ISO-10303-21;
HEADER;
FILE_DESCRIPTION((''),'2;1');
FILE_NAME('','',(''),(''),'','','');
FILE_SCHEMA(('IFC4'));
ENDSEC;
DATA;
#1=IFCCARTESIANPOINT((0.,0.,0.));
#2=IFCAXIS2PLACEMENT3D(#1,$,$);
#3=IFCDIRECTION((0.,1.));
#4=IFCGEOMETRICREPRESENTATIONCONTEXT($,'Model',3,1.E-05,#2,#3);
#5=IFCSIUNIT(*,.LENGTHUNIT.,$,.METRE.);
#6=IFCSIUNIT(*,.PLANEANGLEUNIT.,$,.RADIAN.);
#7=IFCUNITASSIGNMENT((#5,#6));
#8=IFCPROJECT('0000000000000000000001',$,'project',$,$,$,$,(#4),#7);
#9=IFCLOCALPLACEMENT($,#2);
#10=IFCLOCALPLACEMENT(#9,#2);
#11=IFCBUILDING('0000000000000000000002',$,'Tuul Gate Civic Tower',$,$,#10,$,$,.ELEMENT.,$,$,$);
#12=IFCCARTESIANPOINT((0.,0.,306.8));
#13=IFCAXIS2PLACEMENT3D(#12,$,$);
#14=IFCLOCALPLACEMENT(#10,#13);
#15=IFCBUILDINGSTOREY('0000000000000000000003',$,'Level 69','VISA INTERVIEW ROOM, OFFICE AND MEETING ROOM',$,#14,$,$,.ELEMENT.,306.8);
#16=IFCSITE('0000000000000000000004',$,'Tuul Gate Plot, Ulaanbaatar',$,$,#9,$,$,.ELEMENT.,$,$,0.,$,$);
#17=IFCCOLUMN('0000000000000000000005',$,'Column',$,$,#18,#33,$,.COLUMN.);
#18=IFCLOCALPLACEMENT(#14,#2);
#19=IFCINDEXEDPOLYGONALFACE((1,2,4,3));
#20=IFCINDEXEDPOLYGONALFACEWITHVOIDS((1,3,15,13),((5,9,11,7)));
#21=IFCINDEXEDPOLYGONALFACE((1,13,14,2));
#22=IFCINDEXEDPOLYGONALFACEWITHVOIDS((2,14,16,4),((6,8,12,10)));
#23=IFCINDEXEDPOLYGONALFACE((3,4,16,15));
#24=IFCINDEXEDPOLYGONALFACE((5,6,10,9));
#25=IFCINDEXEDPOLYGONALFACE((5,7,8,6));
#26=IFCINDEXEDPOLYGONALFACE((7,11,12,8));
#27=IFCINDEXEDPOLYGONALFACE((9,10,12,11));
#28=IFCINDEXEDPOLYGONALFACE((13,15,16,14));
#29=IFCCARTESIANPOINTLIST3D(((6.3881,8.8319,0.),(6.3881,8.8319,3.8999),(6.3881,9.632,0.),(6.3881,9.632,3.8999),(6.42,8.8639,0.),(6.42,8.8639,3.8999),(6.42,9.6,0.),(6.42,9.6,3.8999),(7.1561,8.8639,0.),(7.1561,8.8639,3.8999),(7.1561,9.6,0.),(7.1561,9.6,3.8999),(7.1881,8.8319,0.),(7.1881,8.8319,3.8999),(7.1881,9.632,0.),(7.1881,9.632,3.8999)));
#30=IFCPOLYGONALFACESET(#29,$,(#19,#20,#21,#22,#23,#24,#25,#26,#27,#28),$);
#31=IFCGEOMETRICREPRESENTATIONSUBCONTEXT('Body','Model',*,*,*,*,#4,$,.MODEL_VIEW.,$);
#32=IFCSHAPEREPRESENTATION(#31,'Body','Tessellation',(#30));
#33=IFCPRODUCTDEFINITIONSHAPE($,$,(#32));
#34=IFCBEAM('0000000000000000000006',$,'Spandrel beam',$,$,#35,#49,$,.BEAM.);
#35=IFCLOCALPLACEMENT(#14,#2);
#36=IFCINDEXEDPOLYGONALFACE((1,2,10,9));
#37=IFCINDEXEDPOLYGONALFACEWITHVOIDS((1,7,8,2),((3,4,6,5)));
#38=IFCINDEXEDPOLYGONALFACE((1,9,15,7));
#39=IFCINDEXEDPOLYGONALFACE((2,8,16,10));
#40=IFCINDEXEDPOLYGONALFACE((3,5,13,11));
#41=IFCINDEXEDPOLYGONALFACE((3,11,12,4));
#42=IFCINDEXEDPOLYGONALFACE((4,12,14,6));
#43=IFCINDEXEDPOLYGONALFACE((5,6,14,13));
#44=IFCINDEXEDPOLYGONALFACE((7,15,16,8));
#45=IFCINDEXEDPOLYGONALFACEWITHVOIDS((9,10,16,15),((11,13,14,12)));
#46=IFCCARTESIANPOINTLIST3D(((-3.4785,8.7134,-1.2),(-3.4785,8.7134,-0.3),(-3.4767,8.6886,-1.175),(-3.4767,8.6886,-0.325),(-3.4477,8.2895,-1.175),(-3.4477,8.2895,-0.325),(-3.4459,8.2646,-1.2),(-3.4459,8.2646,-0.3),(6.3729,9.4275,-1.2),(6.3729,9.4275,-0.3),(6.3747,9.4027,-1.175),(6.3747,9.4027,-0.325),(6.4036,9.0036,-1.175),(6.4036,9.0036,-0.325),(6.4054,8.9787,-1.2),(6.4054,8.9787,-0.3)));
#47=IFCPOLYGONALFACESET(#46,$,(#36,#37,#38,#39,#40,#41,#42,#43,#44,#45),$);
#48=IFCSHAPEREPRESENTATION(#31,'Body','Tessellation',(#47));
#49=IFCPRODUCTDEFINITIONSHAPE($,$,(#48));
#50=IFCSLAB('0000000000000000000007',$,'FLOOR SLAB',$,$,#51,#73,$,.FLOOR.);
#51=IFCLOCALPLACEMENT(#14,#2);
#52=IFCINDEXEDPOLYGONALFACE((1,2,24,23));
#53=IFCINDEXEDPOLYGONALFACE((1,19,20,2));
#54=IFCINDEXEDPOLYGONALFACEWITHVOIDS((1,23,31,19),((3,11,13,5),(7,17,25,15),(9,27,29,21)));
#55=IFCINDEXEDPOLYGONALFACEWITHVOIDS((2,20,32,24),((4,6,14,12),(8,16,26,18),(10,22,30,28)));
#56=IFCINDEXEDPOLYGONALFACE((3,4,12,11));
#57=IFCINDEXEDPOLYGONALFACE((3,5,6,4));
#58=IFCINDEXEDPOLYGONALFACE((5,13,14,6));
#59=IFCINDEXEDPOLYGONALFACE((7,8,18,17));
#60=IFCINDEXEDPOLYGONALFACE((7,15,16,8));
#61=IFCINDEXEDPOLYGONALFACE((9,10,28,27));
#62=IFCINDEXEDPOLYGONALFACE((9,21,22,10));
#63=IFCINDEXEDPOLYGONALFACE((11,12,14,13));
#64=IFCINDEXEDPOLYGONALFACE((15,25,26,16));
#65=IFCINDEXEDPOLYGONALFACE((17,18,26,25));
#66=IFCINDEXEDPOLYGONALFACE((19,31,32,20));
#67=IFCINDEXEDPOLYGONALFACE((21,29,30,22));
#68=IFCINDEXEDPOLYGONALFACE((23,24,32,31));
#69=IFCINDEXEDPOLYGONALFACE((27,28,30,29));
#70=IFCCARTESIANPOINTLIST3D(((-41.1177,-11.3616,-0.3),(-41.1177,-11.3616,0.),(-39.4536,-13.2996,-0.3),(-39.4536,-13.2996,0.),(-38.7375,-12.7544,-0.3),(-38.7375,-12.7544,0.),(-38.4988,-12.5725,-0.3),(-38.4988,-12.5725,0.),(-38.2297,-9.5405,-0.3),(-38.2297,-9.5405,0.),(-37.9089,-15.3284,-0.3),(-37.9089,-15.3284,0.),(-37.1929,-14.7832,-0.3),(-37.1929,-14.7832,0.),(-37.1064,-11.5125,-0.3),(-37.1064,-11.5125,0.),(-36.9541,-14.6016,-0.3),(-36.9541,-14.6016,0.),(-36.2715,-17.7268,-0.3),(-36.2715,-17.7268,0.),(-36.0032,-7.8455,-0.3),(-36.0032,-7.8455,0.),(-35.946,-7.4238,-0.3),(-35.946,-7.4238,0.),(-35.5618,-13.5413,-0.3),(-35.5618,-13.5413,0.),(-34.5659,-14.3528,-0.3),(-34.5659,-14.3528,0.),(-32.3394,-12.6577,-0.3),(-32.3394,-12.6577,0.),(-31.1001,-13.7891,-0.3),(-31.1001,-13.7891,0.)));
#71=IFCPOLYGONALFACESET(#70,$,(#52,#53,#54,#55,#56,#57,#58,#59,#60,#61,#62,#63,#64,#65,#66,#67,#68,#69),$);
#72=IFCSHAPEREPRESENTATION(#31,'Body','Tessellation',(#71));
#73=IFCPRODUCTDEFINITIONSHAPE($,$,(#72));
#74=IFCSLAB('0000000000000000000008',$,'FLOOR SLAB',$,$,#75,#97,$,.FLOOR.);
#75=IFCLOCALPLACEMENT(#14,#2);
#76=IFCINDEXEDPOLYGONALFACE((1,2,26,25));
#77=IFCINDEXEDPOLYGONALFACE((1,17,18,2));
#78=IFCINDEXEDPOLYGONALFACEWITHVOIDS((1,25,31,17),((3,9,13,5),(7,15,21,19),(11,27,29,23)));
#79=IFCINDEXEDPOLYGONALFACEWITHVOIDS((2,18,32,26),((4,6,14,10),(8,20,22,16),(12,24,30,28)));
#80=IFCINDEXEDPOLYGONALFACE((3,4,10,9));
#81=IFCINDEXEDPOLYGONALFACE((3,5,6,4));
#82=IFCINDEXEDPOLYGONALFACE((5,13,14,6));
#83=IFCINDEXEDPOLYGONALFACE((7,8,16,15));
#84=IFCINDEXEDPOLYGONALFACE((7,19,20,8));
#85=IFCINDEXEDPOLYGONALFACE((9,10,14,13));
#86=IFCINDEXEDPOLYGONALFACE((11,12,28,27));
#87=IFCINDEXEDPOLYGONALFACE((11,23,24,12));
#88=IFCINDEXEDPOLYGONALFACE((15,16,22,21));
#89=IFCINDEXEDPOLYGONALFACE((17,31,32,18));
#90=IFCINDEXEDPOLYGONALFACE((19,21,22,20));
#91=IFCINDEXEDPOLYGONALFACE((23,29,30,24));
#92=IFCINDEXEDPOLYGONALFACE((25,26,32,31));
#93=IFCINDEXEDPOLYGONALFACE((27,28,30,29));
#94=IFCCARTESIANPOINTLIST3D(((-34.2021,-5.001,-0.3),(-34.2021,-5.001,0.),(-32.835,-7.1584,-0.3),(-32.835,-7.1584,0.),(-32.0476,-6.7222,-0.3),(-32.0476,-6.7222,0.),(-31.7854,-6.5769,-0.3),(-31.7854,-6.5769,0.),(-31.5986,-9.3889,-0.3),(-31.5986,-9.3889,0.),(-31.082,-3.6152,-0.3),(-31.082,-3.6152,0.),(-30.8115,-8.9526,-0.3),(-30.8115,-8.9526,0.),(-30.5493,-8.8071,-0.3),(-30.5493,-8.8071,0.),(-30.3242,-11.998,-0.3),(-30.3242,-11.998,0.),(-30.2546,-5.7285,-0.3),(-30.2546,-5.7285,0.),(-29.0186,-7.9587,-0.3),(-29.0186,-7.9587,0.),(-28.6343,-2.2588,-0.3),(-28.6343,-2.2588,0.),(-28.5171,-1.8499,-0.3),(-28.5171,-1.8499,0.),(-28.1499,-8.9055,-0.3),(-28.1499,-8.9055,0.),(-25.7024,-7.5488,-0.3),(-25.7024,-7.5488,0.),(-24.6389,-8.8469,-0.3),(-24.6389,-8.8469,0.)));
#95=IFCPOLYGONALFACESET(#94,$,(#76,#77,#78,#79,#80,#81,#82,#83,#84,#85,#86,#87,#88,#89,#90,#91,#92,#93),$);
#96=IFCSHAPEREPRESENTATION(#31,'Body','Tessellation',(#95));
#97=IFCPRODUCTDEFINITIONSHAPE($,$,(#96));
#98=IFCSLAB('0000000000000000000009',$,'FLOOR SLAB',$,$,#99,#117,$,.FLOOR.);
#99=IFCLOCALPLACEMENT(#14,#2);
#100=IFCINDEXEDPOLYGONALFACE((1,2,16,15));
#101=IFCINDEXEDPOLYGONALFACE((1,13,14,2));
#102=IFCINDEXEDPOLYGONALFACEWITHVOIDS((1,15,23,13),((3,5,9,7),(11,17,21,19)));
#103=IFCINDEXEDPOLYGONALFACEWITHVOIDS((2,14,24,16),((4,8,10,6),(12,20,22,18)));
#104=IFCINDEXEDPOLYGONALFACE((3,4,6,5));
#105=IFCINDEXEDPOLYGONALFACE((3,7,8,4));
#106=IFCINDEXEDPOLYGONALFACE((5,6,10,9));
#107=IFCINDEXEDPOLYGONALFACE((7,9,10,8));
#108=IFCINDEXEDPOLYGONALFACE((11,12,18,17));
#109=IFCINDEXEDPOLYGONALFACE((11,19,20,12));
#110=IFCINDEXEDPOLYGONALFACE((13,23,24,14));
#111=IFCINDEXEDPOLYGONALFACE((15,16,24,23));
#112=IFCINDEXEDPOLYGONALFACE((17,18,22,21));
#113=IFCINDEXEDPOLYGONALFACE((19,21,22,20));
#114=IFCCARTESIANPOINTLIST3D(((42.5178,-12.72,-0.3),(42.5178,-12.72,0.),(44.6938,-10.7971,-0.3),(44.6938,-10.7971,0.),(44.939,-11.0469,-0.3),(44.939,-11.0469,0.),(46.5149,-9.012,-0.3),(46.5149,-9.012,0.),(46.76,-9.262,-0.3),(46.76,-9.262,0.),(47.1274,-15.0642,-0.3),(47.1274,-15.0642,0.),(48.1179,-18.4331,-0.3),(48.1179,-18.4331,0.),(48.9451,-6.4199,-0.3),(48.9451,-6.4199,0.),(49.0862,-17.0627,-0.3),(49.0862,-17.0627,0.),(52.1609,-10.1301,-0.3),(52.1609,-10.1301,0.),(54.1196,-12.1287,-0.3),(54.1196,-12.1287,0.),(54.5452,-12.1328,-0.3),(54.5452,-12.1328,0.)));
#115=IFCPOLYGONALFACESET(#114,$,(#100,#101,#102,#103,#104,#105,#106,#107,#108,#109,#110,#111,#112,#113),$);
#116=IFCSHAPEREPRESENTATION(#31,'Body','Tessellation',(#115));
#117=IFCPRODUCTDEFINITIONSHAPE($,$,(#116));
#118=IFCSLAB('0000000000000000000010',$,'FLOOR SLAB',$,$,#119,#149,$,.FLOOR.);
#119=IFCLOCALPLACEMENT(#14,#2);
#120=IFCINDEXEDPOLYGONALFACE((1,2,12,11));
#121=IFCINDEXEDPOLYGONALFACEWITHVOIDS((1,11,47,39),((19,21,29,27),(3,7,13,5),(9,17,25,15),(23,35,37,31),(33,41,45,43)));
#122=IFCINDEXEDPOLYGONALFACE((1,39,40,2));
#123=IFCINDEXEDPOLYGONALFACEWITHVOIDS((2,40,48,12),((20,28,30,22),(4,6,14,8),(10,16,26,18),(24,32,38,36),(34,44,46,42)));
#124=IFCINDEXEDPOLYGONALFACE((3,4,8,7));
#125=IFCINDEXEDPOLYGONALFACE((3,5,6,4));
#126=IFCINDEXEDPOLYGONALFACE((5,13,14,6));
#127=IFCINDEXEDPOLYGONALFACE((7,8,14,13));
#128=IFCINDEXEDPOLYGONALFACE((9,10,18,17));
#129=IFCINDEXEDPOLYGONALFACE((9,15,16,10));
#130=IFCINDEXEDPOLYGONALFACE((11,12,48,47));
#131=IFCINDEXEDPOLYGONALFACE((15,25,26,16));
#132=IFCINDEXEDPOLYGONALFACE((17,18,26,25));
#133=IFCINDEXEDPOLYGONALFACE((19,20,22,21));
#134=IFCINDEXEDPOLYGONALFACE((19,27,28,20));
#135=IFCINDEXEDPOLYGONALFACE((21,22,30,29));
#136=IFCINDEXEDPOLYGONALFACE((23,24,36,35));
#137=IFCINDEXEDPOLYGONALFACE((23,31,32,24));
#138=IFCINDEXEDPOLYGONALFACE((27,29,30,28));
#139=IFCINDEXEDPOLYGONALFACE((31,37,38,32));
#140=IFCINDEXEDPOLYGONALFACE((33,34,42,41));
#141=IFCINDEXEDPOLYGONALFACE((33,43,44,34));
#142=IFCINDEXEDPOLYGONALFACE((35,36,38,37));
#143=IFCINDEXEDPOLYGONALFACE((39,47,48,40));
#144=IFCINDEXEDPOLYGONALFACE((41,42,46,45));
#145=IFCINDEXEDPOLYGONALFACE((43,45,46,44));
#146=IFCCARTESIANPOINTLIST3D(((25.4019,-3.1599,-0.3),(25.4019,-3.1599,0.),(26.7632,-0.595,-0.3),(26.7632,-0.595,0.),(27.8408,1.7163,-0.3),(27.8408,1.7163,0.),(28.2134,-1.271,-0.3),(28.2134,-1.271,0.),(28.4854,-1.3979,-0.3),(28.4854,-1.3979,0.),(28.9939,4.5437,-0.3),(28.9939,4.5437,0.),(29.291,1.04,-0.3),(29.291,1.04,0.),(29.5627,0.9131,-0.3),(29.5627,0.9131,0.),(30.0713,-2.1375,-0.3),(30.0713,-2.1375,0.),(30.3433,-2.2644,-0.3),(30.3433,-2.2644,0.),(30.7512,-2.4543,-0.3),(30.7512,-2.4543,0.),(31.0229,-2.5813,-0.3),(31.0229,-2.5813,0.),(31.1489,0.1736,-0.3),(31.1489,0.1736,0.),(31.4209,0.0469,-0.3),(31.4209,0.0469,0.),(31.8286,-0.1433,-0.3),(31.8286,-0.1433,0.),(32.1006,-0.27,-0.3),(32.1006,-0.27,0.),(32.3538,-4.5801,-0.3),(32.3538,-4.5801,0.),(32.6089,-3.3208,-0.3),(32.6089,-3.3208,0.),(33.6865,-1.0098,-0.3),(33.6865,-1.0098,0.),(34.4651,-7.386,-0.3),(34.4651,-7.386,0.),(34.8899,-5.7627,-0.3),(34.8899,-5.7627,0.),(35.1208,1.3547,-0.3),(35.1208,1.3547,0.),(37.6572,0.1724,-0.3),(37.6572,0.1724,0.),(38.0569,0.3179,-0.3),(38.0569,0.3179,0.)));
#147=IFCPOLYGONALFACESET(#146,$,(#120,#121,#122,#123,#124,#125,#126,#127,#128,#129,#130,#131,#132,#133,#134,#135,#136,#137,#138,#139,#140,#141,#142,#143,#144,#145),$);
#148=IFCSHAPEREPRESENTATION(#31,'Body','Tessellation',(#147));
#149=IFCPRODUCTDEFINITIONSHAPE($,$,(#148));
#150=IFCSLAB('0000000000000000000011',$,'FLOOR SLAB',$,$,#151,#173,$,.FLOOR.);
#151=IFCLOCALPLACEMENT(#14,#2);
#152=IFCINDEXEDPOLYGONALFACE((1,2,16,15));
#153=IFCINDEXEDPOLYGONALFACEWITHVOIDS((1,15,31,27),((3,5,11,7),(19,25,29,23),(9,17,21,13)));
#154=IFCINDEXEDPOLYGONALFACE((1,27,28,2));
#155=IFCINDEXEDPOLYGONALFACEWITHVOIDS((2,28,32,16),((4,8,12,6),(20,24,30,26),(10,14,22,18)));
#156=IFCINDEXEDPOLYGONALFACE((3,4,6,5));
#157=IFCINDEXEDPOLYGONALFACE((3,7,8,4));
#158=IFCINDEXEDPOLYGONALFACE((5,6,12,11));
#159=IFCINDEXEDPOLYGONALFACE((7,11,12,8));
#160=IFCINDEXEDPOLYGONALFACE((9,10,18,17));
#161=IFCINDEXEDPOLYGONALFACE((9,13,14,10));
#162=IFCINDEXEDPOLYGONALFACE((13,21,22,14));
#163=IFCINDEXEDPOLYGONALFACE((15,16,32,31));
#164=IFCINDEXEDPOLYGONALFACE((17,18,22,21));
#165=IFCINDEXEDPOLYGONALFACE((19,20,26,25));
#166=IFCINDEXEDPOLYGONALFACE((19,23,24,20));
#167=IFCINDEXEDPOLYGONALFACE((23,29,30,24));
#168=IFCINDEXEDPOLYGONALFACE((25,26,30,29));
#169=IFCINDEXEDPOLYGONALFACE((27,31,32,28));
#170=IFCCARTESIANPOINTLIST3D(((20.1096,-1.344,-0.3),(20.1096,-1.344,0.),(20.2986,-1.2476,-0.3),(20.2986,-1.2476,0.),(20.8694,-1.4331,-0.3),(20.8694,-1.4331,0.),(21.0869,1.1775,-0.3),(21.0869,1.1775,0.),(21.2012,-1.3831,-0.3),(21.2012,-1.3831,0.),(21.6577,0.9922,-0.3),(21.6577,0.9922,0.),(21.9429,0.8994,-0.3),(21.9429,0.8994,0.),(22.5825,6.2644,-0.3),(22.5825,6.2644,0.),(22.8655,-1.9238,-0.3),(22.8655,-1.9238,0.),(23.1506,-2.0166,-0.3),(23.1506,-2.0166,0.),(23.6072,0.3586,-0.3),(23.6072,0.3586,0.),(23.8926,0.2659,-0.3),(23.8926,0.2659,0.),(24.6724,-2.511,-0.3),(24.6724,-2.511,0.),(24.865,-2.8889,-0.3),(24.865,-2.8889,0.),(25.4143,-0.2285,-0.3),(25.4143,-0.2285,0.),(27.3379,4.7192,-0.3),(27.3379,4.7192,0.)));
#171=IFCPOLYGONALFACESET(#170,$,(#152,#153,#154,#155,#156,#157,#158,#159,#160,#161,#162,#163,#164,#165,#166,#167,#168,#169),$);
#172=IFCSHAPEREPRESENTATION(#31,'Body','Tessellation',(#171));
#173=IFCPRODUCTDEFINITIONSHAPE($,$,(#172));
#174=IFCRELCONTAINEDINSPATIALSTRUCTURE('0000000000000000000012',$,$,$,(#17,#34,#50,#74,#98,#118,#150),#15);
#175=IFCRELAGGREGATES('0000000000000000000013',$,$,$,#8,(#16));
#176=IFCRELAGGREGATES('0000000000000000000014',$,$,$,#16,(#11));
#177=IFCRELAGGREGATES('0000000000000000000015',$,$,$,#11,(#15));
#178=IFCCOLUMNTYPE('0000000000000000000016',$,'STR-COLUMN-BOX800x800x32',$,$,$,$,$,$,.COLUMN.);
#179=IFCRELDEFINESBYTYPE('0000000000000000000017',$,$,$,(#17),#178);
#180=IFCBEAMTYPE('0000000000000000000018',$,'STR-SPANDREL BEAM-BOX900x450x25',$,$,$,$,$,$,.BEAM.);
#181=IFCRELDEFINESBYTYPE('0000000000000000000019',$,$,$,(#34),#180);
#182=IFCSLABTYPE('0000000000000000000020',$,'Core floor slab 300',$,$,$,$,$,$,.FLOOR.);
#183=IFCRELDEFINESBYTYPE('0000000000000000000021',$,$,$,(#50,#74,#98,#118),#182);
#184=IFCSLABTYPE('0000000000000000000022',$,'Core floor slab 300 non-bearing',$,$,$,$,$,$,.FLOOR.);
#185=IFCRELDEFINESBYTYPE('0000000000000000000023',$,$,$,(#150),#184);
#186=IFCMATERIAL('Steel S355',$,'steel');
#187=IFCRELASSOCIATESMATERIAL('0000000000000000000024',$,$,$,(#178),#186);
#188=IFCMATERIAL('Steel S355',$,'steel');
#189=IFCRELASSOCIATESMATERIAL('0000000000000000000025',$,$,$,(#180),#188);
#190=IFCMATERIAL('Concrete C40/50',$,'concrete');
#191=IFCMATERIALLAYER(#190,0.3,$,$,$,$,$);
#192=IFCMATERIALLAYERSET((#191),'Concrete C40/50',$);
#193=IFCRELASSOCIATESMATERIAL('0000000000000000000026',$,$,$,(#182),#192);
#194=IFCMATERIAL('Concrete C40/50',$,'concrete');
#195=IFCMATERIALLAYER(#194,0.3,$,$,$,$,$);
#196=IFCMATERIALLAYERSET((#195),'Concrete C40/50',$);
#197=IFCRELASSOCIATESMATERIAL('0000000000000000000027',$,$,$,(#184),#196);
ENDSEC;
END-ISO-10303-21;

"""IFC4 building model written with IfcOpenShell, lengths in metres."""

from ifc_helpers import new_model, si_unit, direction, frame, origin, origin_2d, place, context, subcontext, project, spatial, polyline, hollow_rectangle, outline, extrude, material, layer, layer_set, material_profile, profile_set, type_object, element, save


model = new_model("IFC4")

# Units and contexts
model_context = context("Model", 3, precision=1e-05, world=origin(), true_north=direction((0.0, 1.0)))
body_context = subcontext(model_context, "Body", "Model", "MODEL_VIEW")
ifc_project = project(units=[si_unit("LENGTHUNIT", "METRE"), si_unit("PLANEANGLEUNIT", "RADIAN")], contexts=[model_context])

# Site, building, storey
site_placement = place(None, origin())
site = spatial("IfcSite", under=ifc_project, at=site_placement, Name="Tuul Gate Plot, Ulaanbaatar", CompositionType="ELEMENT", RefElevation=0.0)
building_placement = place(site_placement, origin())
building = spatial("IfcBuilding", under=site, at=building_placement, Name="Tuul Gate Civic Tower", CompositionType="ELEMENT")
storey_placement = place(building_placement, frame((0.0, 0.0, 306.8)))
storey = spatial("IfcBuildingStorey", under=building, at=storey_placement, Name="Level 69", Description="VISA INTERVIEW ROOM, OFFICE AND MEETING ROOM", CompositionType="ELEMENT", Elevation=306.8)

# Column
ifc_material_1 = material(Name="Steel S355", Category="steel")
ifc_material_profile_1 = material_profile(ifc_material_1, hollow_rectangle(XDim=0.8, YDim=0.8, WallThickness=0.032, at=origin_2d()), Name="BOX800x800x32")
ifc_profile_set_1 = profile_set([ifc_material_profile_1], Name="Steel S355")
column_type = type_object("IfcColumnType", Name="STR-COLUMN-BOX800x800x32", PredefinedType="COLUMN", material=ifc_profile_set_1)
column_placement = place(storey_placement, frame((6.7881, 9.2319, 0.0), z_axis=(0.0, 0.0, 1.0), x_axis=(1.0, 0.0, 0.0)))
element("IfcColumn", 1, at=column_placement, inside=storey, type_object=column_type, Name="Column", PredefinedType="COLUMN", context=body_context, shape_type="SweptSolid", body=[
    extrude(hollow_rectangle(XDim=0.8, YDim=0.8, WallThickness=0.032, at=origin_2d()), origin(), (0.0, 0.0, 1.0), 3.8999),
])

# Beam
ifc_material_2 = material(Name="Steel S355", Category="steel")
ifc_material_profile_2 = material_profile(ifc_material_2, hollow_rectangle(XDim=0.45, YDim=0.8999, WallThickness=0.0249, at=origin_2d()), Name="BOX900x450x25")
ifc_profile_set_2 = profile_set([ifc_material_profile_2], Name="Steel S355")
beam_type = type_object("IfcBeamType", Name="STR-SPANDREL BEAM-BOX900x450x25", PredefinedType="BEAM", material=ifc_profile_set_2)
beam_placement = place(storey_placement, frame((6.3892, 9.2031, -0.75), z_axis=(-0.997383, -0.072299, 0.0), x_axis=(0.072299, -0.997383, 0.0)))
element("IfcBeam", 2, at=beam_placement, inside=storey, type_object=beam_type, Name="Spandrel beam", PredefinedType="BEAM", context=body_context, shape_type="SweptSolid", body=[
    extrude(hollow_rectangle(XDim=0.45, YDim=0.8999, WallThickness=0.0249, at=origin_2d()), origin(), (0.0, 0.0, 1.0), 9.8772),
])

# Slabs
ifc_material_3 = material(Name="Concrete C40/50", Category="concrete")
ifc_layer_1 = layer(ifc_material_3, 0.3)
ifc_layer_set_1 = layer_set([ifc_layer_1], Name="Concrete C40/50")
slab_type_1 = type_object("IfcSlabType", Name="Core floor slab 300", PredefinedType="FLOOR", material=ifc_layer_set_1)
slab_1_placement = place(storey_placement, frame((0.0, 0.0, -0.3)))
element("IfcSlab", 3, at=slab_1_placement, inside=storey, type_object=slab_type_1, Name="FLOOR SLAB", PredefinedType="FLOOR", context=body_context, shape_type="SweptSolid", body=[
    extrude(outline(polyline([(-31.1001, -13.7891), (-35.946, -7.4238), (-41.1177, -11.3616), (-36.2715, -17.7268), (-31.1001, -13.7891)]), holes=[polyline([(-35.5618, -13.5413), (-37.1064, -11.5125), (-38.4988, -12.5725), (-36.9541, -14.6016), (-35.5618, -13.5413)]), polyline([(-37.1929, -14.7832), (-38.7375, -12.7544), (-39.4536, -13.2996), (-37.9089, -15.3284), (-37.1929, -14.7832)]), polyline([(-32.3394, -12.6577), (-34.5659, -14.3528), (-38.2297, -9.5405), (-36.0032, -7.8455), (-32.3394, -12.6577)])]), origin(), (0.0, 0.0, 1.0), 0.3),
])
slab_2_placement = place(storey_placement, frame((0.0, 0.0, -0.3)))
element("IfcSlab", 4, at=slab_2_placement, inside=storey, type_object=slab_type_1, Name="FLOOR SLAB", PredefinedType="FLOOR", context=body_context, shape_type="SweptSolid", body=[
    extrude(outline(polyline([(-24.6389, -8.8469), (-28.5171, -1.8499), (-34.2021, -5.001), (-30.3242, -11.998), (-24.6389, -8.8469)]), holes=[polyline([(-29.0186, -7.9587), (-30.2546, -5.7285), (-31.7854, -6.5769), (-30.5493, -8.8071), (-29.0186, -7.9587)]), polyline([(-30.8115, -8.9526), (-32.0476, -6.7222), (-32.835, -7.1584), (-31.5986, -9.3889), (-30.8115, -8.9526)]), polyline([(-25.7024, -7.5488), (-28.1499, -8.9055), (-31.082, -3.6152), (-28.6343, -2.2588), (-25.7024, -7.5488)])]), origin(), (0.0, 0.0, 1.0), 0.3),
])
slab_3_placement = place(storey_placement, frame((0.0, 0.0, -0.3)))
element("IfcSlab", 5, at=slab_3_placement, inside=storey, type_object=slab_type_1, Name="FLOOR SLAB", PredefinedType="FLOOR", context=body_context, shape_type="SweptSolid", body=[
    extrude(outline(polyline([(48.1179, -18.4331), (54.5452, -12.1328), (48.9451, -6.4199), (42.5178, -12.72), (48.1179, -18.4331)]), holes=[polyline([(44.939, -11.0469), (46.76, -9.262), (46.5149, -9.012), (44.6938, -10.7971), (44.939, -11.0469)]), polyline([(49.0862, -17.0627), (47.1274, -15.0642), (52.1609, -10.1301), (54.1196, -12.1287), (49.0862, -17.0627)])]), origin(), (0.0, 0.0, 1.0), 0.3),
])
slab_4_placement = place(storey_placement, frame((0.0, 0.0, -0.3)))
element("IfcSlab", 6, at=slab_4_placement, inside=storey, type_object=slab_type_1, Name="FLOOR SLAB", PredefinedType="FLOOR", context=body_context, shape_type="SweptSolid", body=[
    extrude(outline(polyline([(34.4651, -7.386), (38.0569, 0.3179), (28.9939, 4.5437), (25.4019, -3.1599), (34.4651, -7.386)]), holes=[polyline([(32.6089, -3.3208), (33.6865, -1.0098), (32.1006, -0.27), (31.0229, -2.5813), (32.6089, -3.3208)]), polyline([(30.0713, -2.1375), (31.1489, 0.1736), (29.5627, 0.9131), (28.4854, -1.3979), (30.0713, -2.1375)]), polyline([(30.7512, -2.4543), (31.8286, -0.1433), (31.4209, 0.0469), (30.3433, -2.2644), (30.7512, -2.4543)]), polyline([(28.2134, -1.271), (29.291, 1.04), (27.8408, 1.7163), (26.7632, -0.595), (28.2134, -1.271)]), polyline([(34.8899, -5.7627), (32.3538, -4.5801), (35.1208, 1.3547), (37.6572, 0.1724), (34.8899, -5.7627)])]), origin(), (0.0, 0.0, 1.0), 0.3),
])
ifc_material_4 = material(Name="Concrete C40/50", Category="concrete")
ifc_layer_2 = layer(ifc_material_4, 0.3)
ifc_layer_set_2 = layer_set([ifc_layer_2], Name="Concrete C40/50")
slab_type_2 = type_object("IfcSlabType", Name="Core floor slab 300 non-bearing", PredefinedType="FLOOR", material=ifc_layer_set_2)
slab_5_placement = place(storey_placement, frame((0.0, 0.0, -0.3)))
element("IfcSlab", 7, at=slab_5_placement, inside=storey, type_object=slab_type_2, Name="FLOOR SLAB", PredefinedType="FLOOR", context=body_context, shape_type="SweptSolid", body=[
    extrude(outline(polyline([(24.865, -2.8889), (27.3379, 4.7192), (22.5825, 6.2644), (20.1096, -1.344), (24.865, -2.8889)]), holes=[polyline([(24.6724, -2.511), (25.4143, -0.2285), (23.8926, 0.2659), (23.1506, -2.0166), (24.6724, -2.511)]), polyline([(22.8655, -1.9238), (23.6072, 0.3586), (21.9429, 0.8994), (21.2012, -1.3831), (22.8655, -1.9238)]), polyline([(20.8694, -1.4331), (21.6577, 0.9922), (21.0869, 1.1775), (20.2986, -1.2476), (20.8694, -1.4331)])]), origin(), (0.0, 0.0, 1.0), 0.3),
])

save(model, "model.ifc")
